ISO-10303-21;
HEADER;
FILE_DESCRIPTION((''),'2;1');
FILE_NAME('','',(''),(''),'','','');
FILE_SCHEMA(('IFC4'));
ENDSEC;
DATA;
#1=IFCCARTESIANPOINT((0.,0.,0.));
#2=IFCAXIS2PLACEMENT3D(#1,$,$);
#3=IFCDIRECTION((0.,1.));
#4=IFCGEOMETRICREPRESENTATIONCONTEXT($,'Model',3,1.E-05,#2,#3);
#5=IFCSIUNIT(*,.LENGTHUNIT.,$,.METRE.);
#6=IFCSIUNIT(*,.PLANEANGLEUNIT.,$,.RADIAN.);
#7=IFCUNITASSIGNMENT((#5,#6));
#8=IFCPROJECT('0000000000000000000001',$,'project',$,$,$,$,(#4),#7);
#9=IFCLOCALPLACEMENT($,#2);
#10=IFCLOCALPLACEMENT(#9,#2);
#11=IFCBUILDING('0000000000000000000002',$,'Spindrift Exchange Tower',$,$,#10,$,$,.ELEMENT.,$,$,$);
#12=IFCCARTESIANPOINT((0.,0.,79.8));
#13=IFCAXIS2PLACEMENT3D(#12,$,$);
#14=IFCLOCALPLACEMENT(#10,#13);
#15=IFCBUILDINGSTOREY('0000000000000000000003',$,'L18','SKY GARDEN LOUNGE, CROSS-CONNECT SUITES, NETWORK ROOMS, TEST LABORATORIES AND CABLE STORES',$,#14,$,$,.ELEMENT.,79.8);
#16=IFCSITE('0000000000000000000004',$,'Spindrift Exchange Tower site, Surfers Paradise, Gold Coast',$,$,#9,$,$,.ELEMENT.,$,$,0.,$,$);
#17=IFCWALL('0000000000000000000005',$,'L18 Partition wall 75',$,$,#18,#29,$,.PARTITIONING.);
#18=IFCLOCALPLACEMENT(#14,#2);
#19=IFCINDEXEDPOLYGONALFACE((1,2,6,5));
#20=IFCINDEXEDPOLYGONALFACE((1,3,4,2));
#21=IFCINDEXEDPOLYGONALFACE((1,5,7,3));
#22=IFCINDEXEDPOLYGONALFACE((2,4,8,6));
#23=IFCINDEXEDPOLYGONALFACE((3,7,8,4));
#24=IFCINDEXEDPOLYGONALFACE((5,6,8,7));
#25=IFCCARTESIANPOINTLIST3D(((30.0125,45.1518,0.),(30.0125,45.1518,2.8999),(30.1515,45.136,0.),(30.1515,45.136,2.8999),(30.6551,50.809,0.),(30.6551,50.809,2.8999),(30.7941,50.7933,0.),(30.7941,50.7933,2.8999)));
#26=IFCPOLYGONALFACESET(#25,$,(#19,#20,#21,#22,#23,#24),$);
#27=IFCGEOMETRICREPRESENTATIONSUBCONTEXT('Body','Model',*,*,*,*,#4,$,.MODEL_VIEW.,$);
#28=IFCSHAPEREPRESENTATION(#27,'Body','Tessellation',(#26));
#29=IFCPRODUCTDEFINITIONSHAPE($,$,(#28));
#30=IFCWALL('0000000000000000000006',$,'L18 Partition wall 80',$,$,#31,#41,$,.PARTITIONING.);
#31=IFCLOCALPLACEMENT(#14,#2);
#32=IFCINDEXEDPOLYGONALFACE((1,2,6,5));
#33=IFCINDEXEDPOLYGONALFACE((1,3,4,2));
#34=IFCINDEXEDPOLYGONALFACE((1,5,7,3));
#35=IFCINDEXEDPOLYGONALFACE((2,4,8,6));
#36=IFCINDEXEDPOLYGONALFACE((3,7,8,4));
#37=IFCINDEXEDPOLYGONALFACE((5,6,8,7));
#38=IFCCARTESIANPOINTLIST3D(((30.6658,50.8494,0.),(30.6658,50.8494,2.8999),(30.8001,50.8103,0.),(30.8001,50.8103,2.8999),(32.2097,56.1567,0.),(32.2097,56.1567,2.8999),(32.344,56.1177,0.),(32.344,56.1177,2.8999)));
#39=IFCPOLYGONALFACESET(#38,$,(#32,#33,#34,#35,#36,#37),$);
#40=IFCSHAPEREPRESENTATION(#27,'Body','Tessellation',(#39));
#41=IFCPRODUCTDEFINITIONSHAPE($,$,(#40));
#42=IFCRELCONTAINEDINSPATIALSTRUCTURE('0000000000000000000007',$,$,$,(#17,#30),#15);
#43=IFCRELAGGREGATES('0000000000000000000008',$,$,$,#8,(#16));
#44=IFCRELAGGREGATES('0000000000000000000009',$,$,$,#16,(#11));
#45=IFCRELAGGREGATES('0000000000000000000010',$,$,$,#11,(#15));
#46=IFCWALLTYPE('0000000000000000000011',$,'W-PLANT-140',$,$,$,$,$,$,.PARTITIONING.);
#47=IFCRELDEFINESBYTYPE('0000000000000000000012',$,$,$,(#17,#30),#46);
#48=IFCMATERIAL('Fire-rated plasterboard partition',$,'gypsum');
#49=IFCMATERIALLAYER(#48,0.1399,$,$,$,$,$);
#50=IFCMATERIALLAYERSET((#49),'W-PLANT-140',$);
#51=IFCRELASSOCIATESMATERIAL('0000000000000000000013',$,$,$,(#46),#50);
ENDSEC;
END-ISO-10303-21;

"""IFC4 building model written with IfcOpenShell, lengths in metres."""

from ifc_helpers import new_model, si_unit, direction, frame, frame_2d, origin, place, context, subcontext, project, spatial, rectangle, extrude, material, layer, layer_set, type_object, element, save


model = new_model("IFC4")

# Units and contexts
model_context = context("Model", 3, precision=1e-05, world=origin(), true_north=direction((0.0, 1.0)))
body_context = subcontext(model_context, "Body", "Model", "MODEL_VIEW")
ifc_project = project(units=[si_unit("LENGTHUNIT", "METRE"), si_unit("PLANEANGLEUNIT", "RADIAN")], contexts=[model_context])

# Site, building, storey
site_placement = place(None, origin())
site = spatial("IfcSite", under=ifc_project, at=site_placement, Name="Spindrift Exchange Tower site, Surfers Paradise, Gold Coast", CompositionType="ELEMENT", RefElevation=0.0)
building_placement = place(site_placement, origin())
building = spatial("IfcBuilding", under=site, at=building_placement, Name="Spindrift Exchange Tower", CompositionType="ELEMENT")
storey_placement = place(building_placement, frame((0.0, 0.0, 79.8)))
storey = spatial("IfcBuildingStorey", under=building, at=storey_placement, Name="L18", Description="SKY GARDEN LOUNGE, CROSS-CONNECT SUITES, NETWORK ROOMS, TEST LABORATORIES AND CABLE STORES", CompositionType="ELEMENT", Elevation=79.8)

# Walls
ifc_material_1 = material(Name="Fire-rated plasterboard partition", Category="gypsum")
ifc_layer_1 = layer(ifc_material_1, 0.1399)
ifc_layer_set_1 = layer_set([ifc_layer_1], Name="W-PLANT-140")
wall_type_1 = type_object("IfcWallType", Name="W-PLANT-140", PredefinedType="PARTITIONING", material=ifc_layer_set_1)
wall_1_placement = place(storey_placement, frame((30.7246, 50.801, 0.0), z_axis=(0.0, 0.0, 1.0), x_axis=(-0.11286, -0.993611, 0.0)))
element("IfcWall", 1, at=wall_1_placement, inside=storey, type_object=wall_type_1, Name="L18 Partition wall 75", PredefinedType="PARTITIONING", context=body_context, shape_type="SweptSolid", body=[
    extrude(rectangle(XDim=5.6936, YDim=0.1399, at=frame_2d((2.8467, 0.0))), origin(), (0.0, 0.0, 1.0), 2.8999),
])
wall_2_placement = place(storey_placement, frame((32.2769, 56.1372, 0.0), z_axis=(0.0, 0.0, 1.0), x_axis=(-0.279327, -0.960196, 0.0)))
element("IfcWall", 2, at=wall_2_placement, inside=storey, type_object=wall_type_1, Name="L18 Partition wall 80", PredefinedType="PARTITIONING", context=body_context, shape_type="SweptSolid", body=[
    extrude(rectangle(XDim=5.5273, YDim=0.1399, at=frame_2d((2.7637, 0.0))), origin(), (0.0, 0.0, 1.0), 2.8999),
])

save(model, "model.ifc")
